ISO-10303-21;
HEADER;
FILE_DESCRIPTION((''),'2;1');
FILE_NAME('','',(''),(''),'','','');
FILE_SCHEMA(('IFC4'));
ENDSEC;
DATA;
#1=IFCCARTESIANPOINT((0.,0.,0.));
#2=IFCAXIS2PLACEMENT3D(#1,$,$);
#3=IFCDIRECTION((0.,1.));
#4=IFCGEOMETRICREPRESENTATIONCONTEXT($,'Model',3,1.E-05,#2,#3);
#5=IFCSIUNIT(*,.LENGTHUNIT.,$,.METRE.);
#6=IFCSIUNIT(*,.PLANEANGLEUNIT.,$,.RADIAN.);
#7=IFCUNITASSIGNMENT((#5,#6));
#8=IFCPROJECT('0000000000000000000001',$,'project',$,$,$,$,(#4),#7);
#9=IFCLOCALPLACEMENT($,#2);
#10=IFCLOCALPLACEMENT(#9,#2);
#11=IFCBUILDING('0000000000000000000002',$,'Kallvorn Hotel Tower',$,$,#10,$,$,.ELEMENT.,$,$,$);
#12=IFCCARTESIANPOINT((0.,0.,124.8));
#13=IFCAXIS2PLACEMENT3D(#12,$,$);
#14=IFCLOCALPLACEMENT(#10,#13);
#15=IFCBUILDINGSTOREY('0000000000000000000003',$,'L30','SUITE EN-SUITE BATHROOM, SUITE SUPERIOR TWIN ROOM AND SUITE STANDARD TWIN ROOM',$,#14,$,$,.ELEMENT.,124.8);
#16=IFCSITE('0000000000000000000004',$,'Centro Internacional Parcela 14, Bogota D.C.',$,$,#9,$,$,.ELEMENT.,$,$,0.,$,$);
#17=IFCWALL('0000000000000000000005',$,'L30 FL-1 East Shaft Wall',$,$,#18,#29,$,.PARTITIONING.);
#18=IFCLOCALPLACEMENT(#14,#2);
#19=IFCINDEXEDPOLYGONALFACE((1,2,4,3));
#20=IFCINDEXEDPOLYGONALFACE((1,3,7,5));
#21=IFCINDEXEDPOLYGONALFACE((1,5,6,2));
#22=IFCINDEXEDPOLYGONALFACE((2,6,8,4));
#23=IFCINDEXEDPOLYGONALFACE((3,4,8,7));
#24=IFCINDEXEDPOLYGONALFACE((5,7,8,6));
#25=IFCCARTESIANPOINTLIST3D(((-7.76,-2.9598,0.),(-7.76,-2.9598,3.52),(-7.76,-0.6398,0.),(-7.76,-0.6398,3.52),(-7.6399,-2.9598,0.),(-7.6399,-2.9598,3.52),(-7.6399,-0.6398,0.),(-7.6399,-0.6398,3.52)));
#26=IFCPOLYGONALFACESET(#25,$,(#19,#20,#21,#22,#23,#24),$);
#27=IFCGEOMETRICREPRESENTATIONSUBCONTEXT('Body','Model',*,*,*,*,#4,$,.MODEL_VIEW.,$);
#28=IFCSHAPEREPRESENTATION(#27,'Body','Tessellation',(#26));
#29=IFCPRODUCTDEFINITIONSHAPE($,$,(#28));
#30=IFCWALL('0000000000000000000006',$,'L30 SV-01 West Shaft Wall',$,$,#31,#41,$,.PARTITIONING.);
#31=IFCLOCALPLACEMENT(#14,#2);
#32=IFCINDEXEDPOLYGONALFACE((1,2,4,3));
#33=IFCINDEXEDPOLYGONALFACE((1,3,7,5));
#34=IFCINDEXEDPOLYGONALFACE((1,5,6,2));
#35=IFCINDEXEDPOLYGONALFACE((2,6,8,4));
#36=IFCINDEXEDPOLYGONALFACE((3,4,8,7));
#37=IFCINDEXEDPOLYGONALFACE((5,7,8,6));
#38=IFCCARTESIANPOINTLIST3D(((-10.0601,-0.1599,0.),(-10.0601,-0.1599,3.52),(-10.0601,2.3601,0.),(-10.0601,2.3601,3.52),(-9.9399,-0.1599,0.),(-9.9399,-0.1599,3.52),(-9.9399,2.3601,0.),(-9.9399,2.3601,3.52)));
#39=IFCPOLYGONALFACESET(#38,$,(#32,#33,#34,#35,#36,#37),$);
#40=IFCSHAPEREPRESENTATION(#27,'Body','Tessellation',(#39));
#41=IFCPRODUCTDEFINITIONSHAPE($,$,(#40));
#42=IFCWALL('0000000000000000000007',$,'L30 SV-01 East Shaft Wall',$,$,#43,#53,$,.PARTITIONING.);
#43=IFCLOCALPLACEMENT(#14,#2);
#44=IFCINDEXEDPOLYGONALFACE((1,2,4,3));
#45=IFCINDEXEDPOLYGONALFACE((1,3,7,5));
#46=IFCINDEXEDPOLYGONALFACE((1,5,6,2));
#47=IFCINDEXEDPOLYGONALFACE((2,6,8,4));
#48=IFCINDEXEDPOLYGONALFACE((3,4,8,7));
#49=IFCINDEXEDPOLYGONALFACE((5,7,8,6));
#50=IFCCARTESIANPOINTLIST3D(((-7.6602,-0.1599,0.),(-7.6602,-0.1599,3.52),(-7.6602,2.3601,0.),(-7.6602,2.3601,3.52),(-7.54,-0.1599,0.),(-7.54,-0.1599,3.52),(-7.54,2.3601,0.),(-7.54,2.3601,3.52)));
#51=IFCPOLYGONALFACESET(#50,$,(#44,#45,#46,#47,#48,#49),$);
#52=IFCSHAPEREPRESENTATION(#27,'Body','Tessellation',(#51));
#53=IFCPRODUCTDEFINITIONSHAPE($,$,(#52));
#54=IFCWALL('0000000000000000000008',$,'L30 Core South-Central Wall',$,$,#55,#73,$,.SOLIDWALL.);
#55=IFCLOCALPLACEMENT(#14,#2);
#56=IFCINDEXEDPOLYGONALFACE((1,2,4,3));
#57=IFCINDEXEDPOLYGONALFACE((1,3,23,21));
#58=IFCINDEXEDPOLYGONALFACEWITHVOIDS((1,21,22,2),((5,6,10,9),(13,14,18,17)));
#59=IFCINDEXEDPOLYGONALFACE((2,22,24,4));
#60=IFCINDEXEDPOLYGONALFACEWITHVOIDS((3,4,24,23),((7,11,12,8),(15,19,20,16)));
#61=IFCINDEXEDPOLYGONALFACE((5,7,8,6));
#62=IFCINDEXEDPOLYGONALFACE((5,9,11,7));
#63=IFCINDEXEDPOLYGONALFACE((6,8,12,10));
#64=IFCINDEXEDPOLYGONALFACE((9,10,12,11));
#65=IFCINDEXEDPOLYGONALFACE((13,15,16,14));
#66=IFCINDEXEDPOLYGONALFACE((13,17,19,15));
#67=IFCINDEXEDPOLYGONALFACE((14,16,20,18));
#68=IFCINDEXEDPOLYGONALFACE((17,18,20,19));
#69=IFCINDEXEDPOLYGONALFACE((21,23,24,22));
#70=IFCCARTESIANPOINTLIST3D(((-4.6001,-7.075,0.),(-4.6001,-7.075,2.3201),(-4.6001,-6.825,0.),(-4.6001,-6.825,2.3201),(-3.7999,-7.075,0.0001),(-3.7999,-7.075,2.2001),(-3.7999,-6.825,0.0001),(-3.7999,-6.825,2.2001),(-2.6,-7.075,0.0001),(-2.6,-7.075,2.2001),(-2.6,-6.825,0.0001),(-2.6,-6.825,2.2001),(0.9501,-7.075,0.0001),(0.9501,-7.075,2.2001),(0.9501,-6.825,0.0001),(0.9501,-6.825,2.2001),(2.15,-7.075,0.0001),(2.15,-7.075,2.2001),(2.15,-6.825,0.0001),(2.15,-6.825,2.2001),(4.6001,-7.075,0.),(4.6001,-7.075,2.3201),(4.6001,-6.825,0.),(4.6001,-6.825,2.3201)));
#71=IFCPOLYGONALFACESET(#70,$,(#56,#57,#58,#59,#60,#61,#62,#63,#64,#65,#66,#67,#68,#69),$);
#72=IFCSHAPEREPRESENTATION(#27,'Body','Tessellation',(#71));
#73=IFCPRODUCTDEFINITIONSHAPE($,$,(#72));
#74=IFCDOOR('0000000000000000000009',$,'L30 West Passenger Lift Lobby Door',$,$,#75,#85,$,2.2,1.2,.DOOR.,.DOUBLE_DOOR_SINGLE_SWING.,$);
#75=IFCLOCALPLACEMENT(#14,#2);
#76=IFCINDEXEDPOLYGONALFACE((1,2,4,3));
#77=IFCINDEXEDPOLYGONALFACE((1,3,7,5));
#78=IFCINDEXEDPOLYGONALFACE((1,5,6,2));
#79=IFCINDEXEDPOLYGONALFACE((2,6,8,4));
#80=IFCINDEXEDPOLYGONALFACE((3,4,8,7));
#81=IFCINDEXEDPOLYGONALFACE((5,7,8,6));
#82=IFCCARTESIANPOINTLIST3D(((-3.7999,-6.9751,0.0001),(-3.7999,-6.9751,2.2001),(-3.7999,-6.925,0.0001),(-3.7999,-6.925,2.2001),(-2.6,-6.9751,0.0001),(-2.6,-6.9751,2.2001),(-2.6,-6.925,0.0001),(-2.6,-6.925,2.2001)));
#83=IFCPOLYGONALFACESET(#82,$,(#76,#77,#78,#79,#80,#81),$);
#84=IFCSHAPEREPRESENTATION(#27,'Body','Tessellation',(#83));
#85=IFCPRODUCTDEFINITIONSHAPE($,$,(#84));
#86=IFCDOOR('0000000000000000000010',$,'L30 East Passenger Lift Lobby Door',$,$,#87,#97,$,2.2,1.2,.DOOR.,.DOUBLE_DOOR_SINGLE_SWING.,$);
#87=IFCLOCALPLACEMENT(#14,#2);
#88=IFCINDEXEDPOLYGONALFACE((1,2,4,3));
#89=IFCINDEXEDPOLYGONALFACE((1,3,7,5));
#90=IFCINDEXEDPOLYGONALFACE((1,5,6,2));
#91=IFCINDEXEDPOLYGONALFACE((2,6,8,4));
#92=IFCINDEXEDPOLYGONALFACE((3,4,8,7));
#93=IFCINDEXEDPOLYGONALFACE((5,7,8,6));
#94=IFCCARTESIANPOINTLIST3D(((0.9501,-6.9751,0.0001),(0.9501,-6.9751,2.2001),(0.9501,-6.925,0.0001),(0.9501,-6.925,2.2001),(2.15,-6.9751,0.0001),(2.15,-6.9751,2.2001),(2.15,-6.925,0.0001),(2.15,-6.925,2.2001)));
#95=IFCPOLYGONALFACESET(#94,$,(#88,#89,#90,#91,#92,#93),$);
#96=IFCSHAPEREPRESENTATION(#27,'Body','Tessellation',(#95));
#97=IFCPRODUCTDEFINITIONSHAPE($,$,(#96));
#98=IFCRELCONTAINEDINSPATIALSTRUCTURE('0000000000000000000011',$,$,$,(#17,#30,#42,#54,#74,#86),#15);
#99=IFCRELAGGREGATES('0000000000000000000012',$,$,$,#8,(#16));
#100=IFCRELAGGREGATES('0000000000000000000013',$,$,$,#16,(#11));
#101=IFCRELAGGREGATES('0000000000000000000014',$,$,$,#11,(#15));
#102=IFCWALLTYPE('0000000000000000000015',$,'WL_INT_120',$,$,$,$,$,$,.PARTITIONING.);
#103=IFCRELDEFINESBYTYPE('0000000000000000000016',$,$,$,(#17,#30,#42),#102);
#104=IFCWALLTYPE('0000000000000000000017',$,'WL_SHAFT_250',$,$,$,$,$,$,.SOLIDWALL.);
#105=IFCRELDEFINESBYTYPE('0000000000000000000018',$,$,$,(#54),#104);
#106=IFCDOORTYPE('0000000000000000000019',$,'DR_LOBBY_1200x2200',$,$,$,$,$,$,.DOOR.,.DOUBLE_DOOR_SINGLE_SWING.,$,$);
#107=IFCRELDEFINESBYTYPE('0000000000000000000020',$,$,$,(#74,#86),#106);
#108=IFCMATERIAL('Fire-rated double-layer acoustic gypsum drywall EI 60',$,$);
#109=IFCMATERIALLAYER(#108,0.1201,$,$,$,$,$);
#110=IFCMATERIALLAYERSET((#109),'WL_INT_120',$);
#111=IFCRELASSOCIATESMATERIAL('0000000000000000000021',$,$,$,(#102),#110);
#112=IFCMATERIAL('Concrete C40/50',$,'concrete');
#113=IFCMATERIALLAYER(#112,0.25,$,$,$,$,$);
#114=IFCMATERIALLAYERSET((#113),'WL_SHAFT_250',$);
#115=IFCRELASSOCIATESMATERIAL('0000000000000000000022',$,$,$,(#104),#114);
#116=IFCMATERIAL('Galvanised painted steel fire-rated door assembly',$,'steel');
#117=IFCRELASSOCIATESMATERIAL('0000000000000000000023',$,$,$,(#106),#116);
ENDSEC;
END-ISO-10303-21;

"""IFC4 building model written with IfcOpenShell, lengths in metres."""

from ifc_helpers import new_model, si_unit, direction, frame, frame_2d, origin, place, context, subcontext, project, spatial, rectangle, extrude, material, layer, layer_set, type_object, element, fill, save


model = new_model("IFC4")

# Units and contexts
model_context = context("Model", 3, precision=1e-05, world=origin(), true_north=direction((0.0, 1.0)))
body_context = subcontext(model_context, "Body", "Model", "MODEL_VIEW")
ifc_project = project(units=[si_unit("LENGTHUNIT", "METRE"), si_unit("PLANEANGLEUNIT", "RADIAN")], contexts=[model_context])

# Site, building, storey
site_placement = place(None, origin())
site = spatial("IfcSite", under=ifc_project, at=site_placement, Name="Centro Internacional Parcela 14, Bogota D.C.", CompositionType="ELEMENT", RefElevation=0.0)
building_placement = place(site_placement, origin())
building = spatial("IfcBuilding", under=site, at=building_placement, Name="Kallvorn Hotel Tower", CompositionType="ELEMENT")
storey_placement = place(building_placement, frame((0.0, 0.0, 124.8)))
storey = spatial("IfcBuildingStorey", under=building, at=storey_placement, Name="L30", Description="SUITE EN-SUITE BATHROOM, SUITE SUPERIOR TWIN ROOM AND SUITE STANDARD TWIN ROOM", CompositionType="ELEMENT", Elevation=124.8)

# Walls
ifc_material_1 = material(Name="Fire-rated double-layer acoustic gypsum drywall EI 60")
ifc_layer_1 = layer(ifc_material_1, 0.1201)
ifc_layer_set_1 = layer_set([ifc_layer_1], Name="WL_INT_120")
wall_type_1 = type_object("IfcWallType", Name="WL_INT_120", PredefinedType="PARTITIONING", material=ifc_layer_set_1)
for number, where, z_axis, x_axis, name in (
    (1, (-7.7, -2.96, 0.0), (0.0, 0.0, 1.0), (0.0, 1.0, 0.0), "L30 FL-1 East Shaft Wall"),
):
    element("IfcWall", number, at=place(storey_placement, frame(where, z_axis=z_axis, x_axis=x_axis)), inside=storey, type_object=wall_type_1, Name=name, PredefinedType="PARTITIONING", context=body_context, shape_type="SweptSolid", body=[
        extrude(rectangle(XDim=2.3201, YDim=0.1201, at=frame_2d((1.1602, 0.0))), origin(), (0.0, 0.0, 1.0), 3.52),
    ])
for number, where, z_axis, x_axis, name in (
    (2, (-10.0, -0.1599, 0.0), (0.0, 0.0, 1.0), (0.0, 1.0, 0.0), "L30 SV-01 West Shaft Wall"),
    (3, (-7.6001, -0.1599, 0.0), (0.0, 0.0, 1.0), (0.0, 1.0, 0.0), "L30 SV-01 East Shaft Wall"),
):
    element("IfcWall", number, at=place(storey_placement, frame(where, z_axis=z_axis, x_axis=x_axis)), inside=storey, type_object=wall_type_1, Name=name, PredefinedType="PARTITIONING", context=body_context, shape_type="SweptSolid", body=[
        extrude(rectangle(XDim=2.52, YDim=0.1201, at=frame_2d((1.26, 0.0))), origin(), (0.0, 0.0, 1.0), 3.52),
    ])

# Wall, openings, doors
ifc_material_2 = material(Name="Concrete C40/50", Category="concrete")
ifc_layer_2 = layer(ifc_material_2, 0.25)
ifc_layer_set_2 = layer_set([ifc_layer_2], Name="WL_SHAFT_250")
wall_type_2 = type_object("IfcWallType", Name="WL_SHAFT_250", PredefinedType="SOLIDWALL", material=ifc_layer_set_2)
wall_1_placement = place(storey_placement, frame((-4.6001, -6.95, 0.0), z_axis=(0.0, 0.0, 1.0), x_axis=(1.0, 0.0, 0.0)))
wall_1 = element("IfcWall", 4, at=wall_1_placement, inside=storey, type_object=wall_type_2, Name="L30 Core South-Central Wall", PredefinedType="SOLIDWALL", context=body_context, shape_type="SweptSolid", body=[
    extrude(rectangle(XDim=9.2002, YDim=0.25, at=frame_2d((4.6001, 0.0))), origin(), (0.0, 0.0, 1.0), 2.3201),
])
opening_1_placement = place(wall_1_placement, frame((0.8, 0.0, 0.0)))
opening_1 = element("IfcOpeningElement", 5, at=opening_1_placement, cuts=wall_1, PredefinedType="OPENING", context=body_context, shape_type="SweptSolid", body=[
    extrude(rectangle(XDim=1.2, YDim=2.2, at=frame_2d((0.6001, 1.1001))), frame((0.0, 0.1399, 0.0), z_axis=(0.0, -1.0, 0.0), x_axis=(1.0, 0.0, 0.0)), (0.0, 0.0, 1.0), 0.28),
])
opening_2_placement = place(wall_1_placement, frame((5.55, 0.0, 0.0)))
opening_2 = element("IfcOpeningElement", 6, at=opening_2_placement, cuts=wall_1, PredefinedType="OPENING", context=body_context, shape_type="SweptSolid", body=[
    extrude(rectangle(XDim=1.2, YDim=2.2, at=frame_2d((0.6001, 1.1001))), frame((0.0, 0.1399, 0.0), z_axis=(0.0, -1.0, 0.0), x_axis=(1.0, 0.0, 0.0)), (0.0, 0.0, 1.0), 0.28),
])
ifc_material_3 = material(Name="Galvanised painted steel fire-rated door assembly", Category="steel")
door_type_1 = type_object("IfcDoorType", Name="DR_LOBBY_1200x2200", OperationType="DOUBLE_DOOR_SINGLE_SWING", PredefinedType="DOOR", material=ifc_material_3)
door_1_placement = place(opening_1_placement, origin())
door_1 = element("IfcDoor", 7, at=door_1_placement, inside=storey, type_object=door_type_1, Name="L30 West Passenger Lift Lobby Door", OperationType="DOUBLE_DOOR_SINGLE_SWING", OverallHeight=2.2, OverallWidth=1.2, PredefinedType="DOOR", context=body_context, shape_type="SweptSolid", body=[
    extrude(rectangle(XDim=1.2, YDim=2.2, at=frame_2d((0.6001, 1.1001))), frame((0.0, 0.0249, 0.0), z_axis=(0.0, -1.0, 0.0), x_axis=(1.0, 0.0, 0.0)), (0.0, 0.0, 1.0), 0.05),
])
fill(opening_1, door_1)
door_2_placement = place(opening_2_placement, origin())
door_2 = element("IfcDoor", 8, at=door_2_placement, inside=storey, type_object=door_type_1, Name="L30 East Passenger Lift Lobby Door", OperationType="DOUBLE_DOOR_SINGLE_SWING", OverallHeight=2.2, OverallWidth=1.2, PredefinedType="DOOR", context=body_context, shape_type="SweptSolid", body=[
    extrude(rectangle(XDim=1.2, YDim=2.2, at=frame_2d((0.6001, 1.1001))), frame((0.0, 0.0249, 0.0), z_axis=(0.0, -1.0, 0.0), x_axis=(1.0, 0.0, 0.0)), (0.0, 0.0, 1.0), 0.05),
])
fill(opening_2, door_2)

save(model, "model.ifc")
